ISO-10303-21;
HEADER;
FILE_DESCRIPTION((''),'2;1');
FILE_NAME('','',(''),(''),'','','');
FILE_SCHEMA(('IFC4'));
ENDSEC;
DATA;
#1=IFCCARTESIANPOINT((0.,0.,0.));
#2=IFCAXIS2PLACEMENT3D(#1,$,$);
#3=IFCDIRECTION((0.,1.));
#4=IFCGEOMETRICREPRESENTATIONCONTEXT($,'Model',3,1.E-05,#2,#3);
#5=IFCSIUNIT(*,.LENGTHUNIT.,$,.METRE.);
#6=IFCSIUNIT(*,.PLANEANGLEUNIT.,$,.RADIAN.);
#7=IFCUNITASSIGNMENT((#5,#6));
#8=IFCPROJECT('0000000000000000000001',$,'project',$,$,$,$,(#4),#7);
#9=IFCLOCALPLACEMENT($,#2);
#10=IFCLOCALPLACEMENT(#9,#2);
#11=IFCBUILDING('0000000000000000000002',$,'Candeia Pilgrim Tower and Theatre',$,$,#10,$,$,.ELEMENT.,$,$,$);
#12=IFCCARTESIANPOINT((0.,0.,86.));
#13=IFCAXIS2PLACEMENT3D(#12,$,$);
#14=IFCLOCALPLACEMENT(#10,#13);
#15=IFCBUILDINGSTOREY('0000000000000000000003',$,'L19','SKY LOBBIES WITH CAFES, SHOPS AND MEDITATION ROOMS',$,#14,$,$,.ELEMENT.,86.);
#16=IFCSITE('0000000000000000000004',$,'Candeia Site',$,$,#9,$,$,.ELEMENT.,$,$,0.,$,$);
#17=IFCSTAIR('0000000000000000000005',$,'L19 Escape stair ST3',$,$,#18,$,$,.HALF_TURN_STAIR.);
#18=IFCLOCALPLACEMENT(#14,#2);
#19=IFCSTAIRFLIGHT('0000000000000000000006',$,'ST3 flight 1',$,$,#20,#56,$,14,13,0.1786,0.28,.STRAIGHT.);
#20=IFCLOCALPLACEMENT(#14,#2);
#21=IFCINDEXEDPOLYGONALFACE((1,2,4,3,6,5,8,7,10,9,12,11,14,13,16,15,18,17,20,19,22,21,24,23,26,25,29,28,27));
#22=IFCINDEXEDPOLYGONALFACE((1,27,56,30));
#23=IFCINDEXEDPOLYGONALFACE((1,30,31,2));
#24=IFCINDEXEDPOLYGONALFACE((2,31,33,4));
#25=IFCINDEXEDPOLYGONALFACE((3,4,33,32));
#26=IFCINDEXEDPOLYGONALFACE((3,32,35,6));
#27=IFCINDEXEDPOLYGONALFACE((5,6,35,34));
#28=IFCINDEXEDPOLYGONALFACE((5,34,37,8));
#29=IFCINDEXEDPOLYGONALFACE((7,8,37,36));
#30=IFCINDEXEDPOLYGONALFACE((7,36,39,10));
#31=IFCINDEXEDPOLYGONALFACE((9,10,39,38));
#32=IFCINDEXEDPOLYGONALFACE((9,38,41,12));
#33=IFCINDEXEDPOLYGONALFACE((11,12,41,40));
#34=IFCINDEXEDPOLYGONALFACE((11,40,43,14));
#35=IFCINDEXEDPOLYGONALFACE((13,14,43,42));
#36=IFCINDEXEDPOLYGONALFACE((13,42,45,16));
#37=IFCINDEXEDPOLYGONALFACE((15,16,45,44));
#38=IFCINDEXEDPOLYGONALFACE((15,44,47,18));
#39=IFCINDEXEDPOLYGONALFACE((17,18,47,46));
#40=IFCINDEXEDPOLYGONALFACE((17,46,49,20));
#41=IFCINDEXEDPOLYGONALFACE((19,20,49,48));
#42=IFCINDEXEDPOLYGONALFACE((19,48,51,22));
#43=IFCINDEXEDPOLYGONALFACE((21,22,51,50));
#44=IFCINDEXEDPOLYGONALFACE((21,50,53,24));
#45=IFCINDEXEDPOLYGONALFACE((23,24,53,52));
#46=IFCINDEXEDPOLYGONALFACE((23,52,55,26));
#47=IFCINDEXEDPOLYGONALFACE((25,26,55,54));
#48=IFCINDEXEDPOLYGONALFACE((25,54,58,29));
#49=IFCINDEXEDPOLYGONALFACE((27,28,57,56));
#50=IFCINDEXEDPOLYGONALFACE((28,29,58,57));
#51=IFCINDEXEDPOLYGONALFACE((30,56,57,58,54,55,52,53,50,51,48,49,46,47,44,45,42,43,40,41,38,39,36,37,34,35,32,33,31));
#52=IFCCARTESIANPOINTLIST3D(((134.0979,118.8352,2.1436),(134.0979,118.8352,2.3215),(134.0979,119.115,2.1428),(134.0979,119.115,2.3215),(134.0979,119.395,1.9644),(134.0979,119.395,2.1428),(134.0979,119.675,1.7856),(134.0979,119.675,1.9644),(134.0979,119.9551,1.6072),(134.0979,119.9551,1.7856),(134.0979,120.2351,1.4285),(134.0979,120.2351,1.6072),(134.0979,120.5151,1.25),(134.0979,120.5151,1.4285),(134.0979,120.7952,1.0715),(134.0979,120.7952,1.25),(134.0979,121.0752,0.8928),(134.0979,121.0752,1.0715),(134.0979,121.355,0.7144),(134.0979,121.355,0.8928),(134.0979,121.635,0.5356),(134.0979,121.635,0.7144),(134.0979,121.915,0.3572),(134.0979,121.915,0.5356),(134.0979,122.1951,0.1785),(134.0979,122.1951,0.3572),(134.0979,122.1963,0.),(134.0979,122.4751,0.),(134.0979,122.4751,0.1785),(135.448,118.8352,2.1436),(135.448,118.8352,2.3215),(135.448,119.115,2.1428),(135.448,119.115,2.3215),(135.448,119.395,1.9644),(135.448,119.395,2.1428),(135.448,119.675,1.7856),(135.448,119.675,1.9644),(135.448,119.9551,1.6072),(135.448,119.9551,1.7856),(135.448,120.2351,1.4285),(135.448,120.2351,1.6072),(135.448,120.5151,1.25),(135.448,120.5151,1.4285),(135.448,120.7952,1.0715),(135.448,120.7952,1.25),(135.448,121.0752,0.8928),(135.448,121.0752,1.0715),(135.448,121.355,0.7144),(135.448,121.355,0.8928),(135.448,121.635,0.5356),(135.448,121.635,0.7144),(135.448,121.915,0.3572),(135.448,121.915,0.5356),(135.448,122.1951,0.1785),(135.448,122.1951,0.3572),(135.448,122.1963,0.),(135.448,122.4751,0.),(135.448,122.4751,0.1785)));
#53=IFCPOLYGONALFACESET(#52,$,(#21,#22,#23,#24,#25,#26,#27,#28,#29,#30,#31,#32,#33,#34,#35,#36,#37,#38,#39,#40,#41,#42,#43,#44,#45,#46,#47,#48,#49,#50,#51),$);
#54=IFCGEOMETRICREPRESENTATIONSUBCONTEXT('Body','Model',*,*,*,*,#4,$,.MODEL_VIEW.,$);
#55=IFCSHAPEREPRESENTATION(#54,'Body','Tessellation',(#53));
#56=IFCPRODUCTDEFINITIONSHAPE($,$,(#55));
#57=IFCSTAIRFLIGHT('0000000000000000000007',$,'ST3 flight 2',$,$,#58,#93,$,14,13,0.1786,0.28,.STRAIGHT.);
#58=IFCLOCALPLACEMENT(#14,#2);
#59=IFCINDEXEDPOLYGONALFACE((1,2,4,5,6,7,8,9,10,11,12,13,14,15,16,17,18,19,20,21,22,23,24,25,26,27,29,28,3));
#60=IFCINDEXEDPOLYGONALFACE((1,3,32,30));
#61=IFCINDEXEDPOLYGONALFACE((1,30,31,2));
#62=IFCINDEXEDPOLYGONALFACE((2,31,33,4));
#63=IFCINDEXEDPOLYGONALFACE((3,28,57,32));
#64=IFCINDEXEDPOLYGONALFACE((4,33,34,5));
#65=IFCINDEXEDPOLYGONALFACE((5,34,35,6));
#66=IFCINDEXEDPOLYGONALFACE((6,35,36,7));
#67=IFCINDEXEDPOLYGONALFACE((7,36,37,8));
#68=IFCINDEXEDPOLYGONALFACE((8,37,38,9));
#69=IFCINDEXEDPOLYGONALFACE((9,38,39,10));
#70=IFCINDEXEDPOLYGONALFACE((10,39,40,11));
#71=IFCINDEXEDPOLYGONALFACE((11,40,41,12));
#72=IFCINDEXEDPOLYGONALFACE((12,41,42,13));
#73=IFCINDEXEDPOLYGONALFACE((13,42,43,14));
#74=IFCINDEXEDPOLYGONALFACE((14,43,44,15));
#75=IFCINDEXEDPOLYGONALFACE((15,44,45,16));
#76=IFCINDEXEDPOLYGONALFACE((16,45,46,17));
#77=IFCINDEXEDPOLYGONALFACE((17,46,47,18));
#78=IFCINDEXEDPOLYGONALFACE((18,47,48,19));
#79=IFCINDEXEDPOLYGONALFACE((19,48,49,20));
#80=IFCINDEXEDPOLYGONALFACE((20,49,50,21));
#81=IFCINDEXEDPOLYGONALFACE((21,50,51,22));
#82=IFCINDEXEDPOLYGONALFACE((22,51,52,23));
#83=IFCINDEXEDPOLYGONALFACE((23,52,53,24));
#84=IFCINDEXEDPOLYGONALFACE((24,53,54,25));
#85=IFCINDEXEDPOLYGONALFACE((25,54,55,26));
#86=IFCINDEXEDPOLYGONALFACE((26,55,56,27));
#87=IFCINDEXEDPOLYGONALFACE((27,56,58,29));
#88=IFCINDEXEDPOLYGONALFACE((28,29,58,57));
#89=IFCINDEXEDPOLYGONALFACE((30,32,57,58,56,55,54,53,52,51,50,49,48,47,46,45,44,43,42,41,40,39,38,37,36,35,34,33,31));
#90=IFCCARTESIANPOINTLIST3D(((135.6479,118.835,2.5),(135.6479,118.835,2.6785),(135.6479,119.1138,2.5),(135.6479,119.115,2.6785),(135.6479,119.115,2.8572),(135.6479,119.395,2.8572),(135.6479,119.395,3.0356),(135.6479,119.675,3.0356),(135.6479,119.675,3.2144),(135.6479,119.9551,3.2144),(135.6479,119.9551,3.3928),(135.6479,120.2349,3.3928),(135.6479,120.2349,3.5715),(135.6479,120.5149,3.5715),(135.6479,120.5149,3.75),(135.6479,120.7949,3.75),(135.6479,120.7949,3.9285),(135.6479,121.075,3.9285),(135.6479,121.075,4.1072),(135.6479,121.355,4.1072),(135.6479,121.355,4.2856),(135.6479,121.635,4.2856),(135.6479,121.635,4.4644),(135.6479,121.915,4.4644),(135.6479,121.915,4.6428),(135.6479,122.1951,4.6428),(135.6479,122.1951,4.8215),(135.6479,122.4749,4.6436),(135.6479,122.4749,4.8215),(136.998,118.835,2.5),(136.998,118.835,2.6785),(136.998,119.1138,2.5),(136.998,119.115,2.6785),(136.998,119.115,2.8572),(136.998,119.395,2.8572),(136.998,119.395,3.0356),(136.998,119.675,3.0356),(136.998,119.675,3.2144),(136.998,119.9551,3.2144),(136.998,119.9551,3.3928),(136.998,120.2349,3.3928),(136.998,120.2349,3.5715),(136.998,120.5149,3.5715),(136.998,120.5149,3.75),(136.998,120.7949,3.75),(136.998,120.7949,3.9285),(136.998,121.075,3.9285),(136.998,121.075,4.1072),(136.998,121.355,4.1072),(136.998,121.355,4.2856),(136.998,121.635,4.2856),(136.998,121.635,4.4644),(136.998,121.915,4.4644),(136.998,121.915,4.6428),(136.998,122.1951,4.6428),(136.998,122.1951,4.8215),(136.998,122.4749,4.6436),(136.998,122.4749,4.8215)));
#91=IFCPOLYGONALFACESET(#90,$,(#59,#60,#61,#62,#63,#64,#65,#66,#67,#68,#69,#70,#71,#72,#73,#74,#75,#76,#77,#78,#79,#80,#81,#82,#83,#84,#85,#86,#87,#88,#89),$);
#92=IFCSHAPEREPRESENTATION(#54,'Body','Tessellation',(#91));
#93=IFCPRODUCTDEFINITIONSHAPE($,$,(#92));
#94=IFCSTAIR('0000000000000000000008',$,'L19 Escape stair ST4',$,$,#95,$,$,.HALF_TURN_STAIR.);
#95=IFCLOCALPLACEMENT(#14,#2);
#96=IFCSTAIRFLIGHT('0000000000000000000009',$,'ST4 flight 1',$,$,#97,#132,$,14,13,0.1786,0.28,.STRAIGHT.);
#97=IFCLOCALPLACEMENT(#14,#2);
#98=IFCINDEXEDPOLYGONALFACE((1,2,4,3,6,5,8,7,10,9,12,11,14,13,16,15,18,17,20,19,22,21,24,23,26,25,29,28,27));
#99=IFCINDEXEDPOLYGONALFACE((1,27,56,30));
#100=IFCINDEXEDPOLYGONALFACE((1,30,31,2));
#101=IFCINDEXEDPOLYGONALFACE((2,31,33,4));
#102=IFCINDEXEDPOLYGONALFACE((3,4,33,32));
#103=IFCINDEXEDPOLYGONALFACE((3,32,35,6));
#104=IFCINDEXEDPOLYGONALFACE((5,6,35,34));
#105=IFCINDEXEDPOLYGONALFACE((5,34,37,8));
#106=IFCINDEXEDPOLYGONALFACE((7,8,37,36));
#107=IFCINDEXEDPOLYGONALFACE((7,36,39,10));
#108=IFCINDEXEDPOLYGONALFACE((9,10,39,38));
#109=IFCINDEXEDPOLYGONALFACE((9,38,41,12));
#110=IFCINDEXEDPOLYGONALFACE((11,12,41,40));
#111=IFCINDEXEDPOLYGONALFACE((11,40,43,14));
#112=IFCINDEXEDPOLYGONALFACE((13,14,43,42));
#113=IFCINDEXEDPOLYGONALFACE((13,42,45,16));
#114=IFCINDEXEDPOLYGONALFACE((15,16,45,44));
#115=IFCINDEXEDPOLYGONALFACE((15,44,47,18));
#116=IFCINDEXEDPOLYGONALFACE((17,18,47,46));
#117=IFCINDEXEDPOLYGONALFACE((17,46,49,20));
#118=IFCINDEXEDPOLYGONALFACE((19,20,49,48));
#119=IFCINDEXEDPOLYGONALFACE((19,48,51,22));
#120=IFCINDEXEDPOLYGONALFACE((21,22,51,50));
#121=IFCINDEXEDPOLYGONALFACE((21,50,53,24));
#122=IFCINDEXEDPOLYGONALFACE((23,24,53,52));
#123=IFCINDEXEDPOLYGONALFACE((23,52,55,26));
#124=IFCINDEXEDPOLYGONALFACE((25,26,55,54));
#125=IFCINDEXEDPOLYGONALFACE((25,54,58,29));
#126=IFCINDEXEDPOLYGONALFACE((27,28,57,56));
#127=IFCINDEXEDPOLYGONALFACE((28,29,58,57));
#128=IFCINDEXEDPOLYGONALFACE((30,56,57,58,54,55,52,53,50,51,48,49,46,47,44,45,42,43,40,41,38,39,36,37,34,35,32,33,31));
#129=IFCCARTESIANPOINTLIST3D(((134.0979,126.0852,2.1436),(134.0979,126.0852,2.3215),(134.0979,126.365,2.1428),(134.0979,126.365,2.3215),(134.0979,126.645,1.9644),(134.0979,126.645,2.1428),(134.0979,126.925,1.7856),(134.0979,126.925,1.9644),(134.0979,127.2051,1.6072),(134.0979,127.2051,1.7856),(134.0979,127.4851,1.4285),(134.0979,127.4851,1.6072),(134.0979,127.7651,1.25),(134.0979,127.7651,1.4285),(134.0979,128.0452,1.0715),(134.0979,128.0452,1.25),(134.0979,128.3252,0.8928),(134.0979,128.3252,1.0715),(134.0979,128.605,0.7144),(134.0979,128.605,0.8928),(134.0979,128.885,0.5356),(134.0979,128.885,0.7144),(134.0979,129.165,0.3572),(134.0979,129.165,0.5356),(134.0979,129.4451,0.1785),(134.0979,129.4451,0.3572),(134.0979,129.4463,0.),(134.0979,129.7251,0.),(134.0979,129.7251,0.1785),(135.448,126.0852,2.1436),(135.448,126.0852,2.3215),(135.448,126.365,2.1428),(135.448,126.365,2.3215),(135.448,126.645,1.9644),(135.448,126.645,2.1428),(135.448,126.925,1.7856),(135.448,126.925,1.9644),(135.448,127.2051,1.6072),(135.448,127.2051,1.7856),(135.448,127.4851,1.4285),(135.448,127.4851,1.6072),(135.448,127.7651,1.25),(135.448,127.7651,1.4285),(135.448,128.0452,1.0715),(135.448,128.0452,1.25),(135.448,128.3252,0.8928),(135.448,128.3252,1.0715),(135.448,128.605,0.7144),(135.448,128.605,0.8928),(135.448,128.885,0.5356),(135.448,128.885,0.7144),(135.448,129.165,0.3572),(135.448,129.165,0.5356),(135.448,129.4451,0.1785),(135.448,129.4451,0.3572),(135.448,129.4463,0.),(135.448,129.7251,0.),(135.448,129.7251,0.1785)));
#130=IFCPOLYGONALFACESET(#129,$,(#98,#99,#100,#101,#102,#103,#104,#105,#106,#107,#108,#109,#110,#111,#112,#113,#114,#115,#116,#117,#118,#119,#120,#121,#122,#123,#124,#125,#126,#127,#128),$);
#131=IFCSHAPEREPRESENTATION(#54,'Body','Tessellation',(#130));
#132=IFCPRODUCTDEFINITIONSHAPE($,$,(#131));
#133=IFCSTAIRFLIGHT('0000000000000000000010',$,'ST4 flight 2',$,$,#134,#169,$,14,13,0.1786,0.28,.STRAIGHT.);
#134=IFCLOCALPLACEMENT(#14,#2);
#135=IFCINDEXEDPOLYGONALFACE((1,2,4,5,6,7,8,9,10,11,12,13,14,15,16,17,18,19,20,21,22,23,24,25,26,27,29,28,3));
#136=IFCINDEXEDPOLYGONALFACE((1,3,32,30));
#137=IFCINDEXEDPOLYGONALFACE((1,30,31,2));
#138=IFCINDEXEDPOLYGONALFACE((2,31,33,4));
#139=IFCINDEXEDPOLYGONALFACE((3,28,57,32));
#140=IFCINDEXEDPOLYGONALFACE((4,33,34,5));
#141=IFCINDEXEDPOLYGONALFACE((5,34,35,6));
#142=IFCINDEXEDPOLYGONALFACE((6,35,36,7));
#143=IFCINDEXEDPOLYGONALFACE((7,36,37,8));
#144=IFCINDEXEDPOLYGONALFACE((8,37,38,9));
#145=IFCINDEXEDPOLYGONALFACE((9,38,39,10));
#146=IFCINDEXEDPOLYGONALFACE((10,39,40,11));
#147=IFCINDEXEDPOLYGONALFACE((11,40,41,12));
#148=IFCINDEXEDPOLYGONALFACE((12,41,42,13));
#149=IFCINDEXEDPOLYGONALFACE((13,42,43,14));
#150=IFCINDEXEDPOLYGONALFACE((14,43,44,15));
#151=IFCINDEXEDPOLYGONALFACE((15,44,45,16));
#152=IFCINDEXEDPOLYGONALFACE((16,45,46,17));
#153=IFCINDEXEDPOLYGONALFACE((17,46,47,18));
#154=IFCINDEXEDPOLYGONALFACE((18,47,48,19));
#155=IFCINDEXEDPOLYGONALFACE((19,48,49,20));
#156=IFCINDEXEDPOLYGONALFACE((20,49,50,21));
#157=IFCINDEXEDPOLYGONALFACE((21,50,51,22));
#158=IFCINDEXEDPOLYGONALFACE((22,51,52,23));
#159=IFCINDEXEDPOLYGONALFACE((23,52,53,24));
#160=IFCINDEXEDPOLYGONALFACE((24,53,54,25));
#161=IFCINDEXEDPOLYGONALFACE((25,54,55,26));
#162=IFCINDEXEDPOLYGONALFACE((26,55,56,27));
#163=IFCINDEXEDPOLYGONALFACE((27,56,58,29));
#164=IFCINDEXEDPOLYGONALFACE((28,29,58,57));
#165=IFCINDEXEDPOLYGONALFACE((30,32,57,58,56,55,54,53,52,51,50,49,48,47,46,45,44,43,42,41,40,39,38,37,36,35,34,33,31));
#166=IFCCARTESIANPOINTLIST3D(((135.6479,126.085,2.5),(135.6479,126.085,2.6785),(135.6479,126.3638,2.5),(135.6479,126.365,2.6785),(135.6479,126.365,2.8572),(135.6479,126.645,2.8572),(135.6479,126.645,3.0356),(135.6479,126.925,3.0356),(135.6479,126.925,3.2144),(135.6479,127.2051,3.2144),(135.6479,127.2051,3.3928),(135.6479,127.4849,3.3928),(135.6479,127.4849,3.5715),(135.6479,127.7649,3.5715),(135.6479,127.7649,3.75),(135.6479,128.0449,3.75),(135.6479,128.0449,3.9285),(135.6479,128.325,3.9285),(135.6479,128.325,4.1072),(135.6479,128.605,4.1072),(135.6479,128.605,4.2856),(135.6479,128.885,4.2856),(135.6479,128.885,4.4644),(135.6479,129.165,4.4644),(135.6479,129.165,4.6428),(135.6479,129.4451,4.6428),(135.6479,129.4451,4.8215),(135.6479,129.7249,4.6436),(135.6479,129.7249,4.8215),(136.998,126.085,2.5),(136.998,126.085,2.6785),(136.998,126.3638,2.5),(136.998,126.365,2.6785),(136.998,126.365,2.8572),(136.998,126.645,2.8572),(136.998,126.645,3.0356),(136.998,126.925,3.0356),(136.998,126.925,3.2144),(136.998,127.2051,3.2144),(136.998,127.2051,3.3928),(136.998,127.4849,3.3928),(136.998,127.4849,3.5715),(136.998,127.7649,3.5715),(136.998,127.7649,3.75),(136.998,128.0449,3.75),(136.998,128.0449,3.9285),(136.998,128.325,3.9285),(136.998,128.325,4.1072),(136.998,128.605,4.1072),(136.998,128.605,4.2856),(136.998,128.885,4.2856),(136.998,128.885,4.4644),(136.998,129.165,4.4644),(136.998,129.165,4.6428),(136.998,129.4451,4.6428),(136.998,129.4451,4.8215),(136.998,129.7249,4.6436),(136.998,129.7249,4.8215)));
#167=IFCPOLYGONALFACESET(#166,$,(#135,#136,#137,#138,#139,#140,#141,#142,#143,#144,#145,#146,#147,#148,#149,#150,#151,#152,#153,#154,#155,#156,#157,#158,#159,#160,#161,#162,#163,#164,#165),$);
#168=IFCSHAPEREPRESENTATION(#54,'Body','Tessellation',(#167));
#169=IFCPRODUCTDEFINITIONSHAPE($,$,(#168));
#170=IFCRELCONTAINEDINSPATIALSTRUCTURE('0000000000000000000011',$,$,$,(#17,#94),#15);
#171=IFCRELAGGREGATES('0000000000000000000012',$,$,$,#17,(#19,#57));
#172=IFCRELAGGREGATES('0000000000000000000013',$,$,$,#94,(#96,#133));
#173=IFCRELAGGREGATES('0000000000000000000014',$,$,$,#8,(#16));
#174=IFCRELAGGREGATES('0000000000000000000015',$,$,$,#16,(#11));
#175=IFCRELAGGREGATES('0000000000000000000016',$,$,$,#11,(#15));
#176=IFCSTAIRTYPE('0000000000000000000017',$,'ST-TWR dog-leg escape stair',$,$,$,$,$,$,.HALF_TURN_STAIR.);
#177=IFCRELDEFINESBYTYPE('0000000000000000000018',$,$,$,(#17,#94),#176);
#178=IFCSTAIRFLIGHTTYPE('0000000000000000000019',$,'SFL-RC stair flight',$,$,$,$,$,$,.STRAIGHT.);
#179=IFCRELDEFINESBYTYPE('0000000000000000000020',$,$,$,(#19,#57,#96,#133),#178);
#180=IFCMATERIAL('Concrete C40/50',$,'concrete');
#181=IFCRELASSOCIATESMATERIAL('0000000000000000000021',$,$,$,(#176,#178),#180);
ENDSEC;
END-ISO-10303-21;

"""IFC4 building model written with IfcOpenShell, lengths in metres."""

from ifc_helpers import new_model, si_unit, direction, frame, origin, place, context, subcontext, project, spatial, polyline, outline, extrude, material, type_object, element, aggregate, save


model = new_model("IFC4")

# Units and contexts
model_context = context("Model", 3, precision=1e-05, world=origin(), true_north=direction((0.0, 1.0)))
body_context = subcontext(model_context, "Body", "Model", "MODEL_VIEW")
ifc_project = project(units=[si_unit("LENGTHUNIT", "METRE"), si_unit("PLANEANGLEUNIT", "RADIAN")], contexts=[model_context])

# Site, building, storey
site_placement = place(None, origin())
site = spatial("IfcSite", under=ifc_project, at=site_placement, Name="Candeia Site", CompositionType="ELEMENT", RefElevation=0.0)
building_placement = place(site_placement, origin())
building = spatial("IfcBuilding", under=site, at=building_placement, Name="Candeia Pilgrim Tower and Theatre", CompositionType="ELEMENT")
storey_placement = place(building_placement, frame((0.0, 0.0, 86.0)))
storey = spatial("IfcBuildingStorey", under=building, at=storey_placement, Name="L19", Description="SKY LOBBIES WITH CAFES, SHOPS AND MEDITATION ROOMS", CompositionType="ELEMENT", Elevation=86.0)

# Shared definitions
ifc_material_1 = material(Name="Concrete C40/50", Category="concrete")

# Stairs, stair flights
stair_type = type_object("IfcStairType", Name="ST-TWR dog-leg escape stair", PredefinedType="HALF_TURN_STAIR", material=ifc_material_1)
stair_1_placement = place(storey_placement, origin())
stair_1 = element("IfcStair", 1, at=stair_1_placement, inside=storey, type_object=stair_type, Name="L19 Escape stair ST3", PredefinedType="HALF_TURN_STAIR")
stair_flight_type = type_object("IfcStairFlightType", Name="SFL-RC stair flight", PredefinedType="STRAIGHT", material=ifc_material_1)
stair_flight_1_placement = place(storey_placement, frame((134.7729, 122.4751, 0.0), z_axis=(0.0, 0.0, 1.0), x_axis=(0.0, -1.0, 0.0)))
stair_flight_1 = element("IfcStairFlight", 2, at=stair_flight_1_placement, type_object=stair_flight_type, Name="ST3 flight 1", NumberOfRisers=14, NumberOfTreads=13, PredefinedType="STRAIGHT", RiserHeight=0.1786, TreadLength=0.28, context=body_context, shape_type="SweptSolid", body=[
    extrude(outline(polyline([(0.0, 0.0), (0.0, 0.1785), (0.28, 0.1785), (0.28, 0.3572), (0.5601, 0.3572), (0.5601, 0.5356), (0.8401, 0.5356), (0.8401, 0.7144), (1.1201, 0.7144), (1.1201, 0.8928), (1.3999, 0.8928), (1.3999, 1.0715), (1.6799, 1.0715), (1.6799, 1.25), (1.96, 1.25), (1.96, 1.4285), (2.24, 1.4285), (2.24, 1.6072), (2.52, 1.6072), (2.52, 1.7856), (2.8, 1.7856), (2.8, 1.9644), (3.0801, 1.9644), (3.0801, 2.1428), (3.3601, 2.1428), (3.3601, 2.3215), (3.6399, 2.3215), (3.6399, 2.5), (3.6399, 2.1436), (0.2788, 0.0), (0.0, 0.0)])), frame((0.0, 0.675, 0.0), z_axis=(0.0, -1.0, 0.0), x_axis=(1.0, 0.0, 0.0)), (0.0, 0.0, 1.0), 1.3501),
])
stair_flight_2_placement = place(storey_placement, frame((136.323, 118.835, 2.5), z_axis=(0.0, 0.0, 1.0), x_axis=(0.0, 1.0, 0.0)))
stair_flight_2 = element("IfcStairFlight", 3, at=stair_flight_2_placement, type_object=stair_flight_type, Name="ST3 flight 2", NumberOfRisers=14, NumberOfTreads=13, PredefinedType="STRAIGHT", RiserHeight=0.1786, TreadLength=0.28, context=body_context, shape_type="SweptSolid", body=[
    extrude(outline(polyline([(0.0, 0.0), (0.0, 0.1785), (0.28, 0.1785), (0.28, 0.3572), (0.5601, 0.3572), (0.5601, 0.5356), (0.8401, 0.5356), (0.8401, 0.7144), (1.1201, 0.7144), (1.1201, 0.8928), (1.3999, 0.8928), (1.3999, 1.0715), (1.6799, 1.0715), (1.6799, 1.25), (1.96, 1.25), (1.96, 1.4285), (2.24, 1.4285), (2.24, 1.6072), (2.52, 1.6072), (2.52, 1.7856), (2.8, 1.7856), (2.8, 1.9644), (3.0801, 1.9644), (3.0801, 2.1428), (3.3601, 2.1428), (3.3601, 2.3215), (3.6399, 2.3215), (3.6399, 2.5), (3.6399, 2.1436), (0.2788, 0.0), (0.0, 0.0)])), frame((0.0, 0.675, 0.0), z_axis=(0.0, -1.0, 0.0), x_axis=(1.0, 0.0, 0.0)), (0.0, 0.0, 1.0), 1.3501),
])
aggregate(stair_1, [stair_flight_1, stair_flight_2])
stair_2_placement = place(storey_placement, origin())
stair_2 = element("IfcStair", 4, at=stair_2_placement, inside=storey, type_object=stair_type, Name="L19 Escape stair ST4", PredefinedType="HALF_TURN_STAIR")
stair_flight_3_placement = place(storey_placement, frame((134.7729, 129.7251, 0.0), z_axis=(0.0, 0.0, 1.0), x_axis=(0.0, -1.0, 0.0)))
stair_flight_3 = element("IfcStairFlight", 5, at=stair_flight_3_placement, type_object=stair_flight_type, Name="ST4 flight 1", NumberOfRisers=14, NumberOfTreads=13, PredefinedType="STRAIGHT", RiserHeight=0.1786, TreadLength=0.28, context=body_context, shape_type="SweptSolid", body=[
    extrude(outline(polyline([(0.0, 0.0), (0.0, 0.1785), (0.28, 0.1785), (0.28, 0.3572), (0.5601, 0.3572), (0.5601, 0.5356), (0.8401, 0.5356), (0.8401, 0.7144), (1.1201, 0.7144), (1.1201, 0.8928), (1.3999, 0.8928), (1.3999, 1.0715), (1.6799, 1.0715), (1.6799, 1.25), (1.96, 1.25), (1.96, 1.4285), (2.24, 1.4285), (2.24, 1.6072), (2.52, 1.6072), (2.52, 1.7856), (2.8, 1.7856), (2.8, 1.9644), (3.0801, 1.9644), (3.0801, 2.1428), (3.3601, 2.1428), (3.3601, 2.3215), (3.6399, 2.3215), (3.6399, 2.5), (3.6399, 2.1436), (0.2788, 0.0), (0.0, 0.0)])), frame((0.0, 0.675, 0.0), z_axis=(0.0, -1.0, 0.0), x_axis=(1.0, 0.0, 0.0)), (0.0, 0.0, 1.0), 1.3501),
])
stair_flight_4_placement = place(storey_placement, frame((136.323, 126.085, 2.5), z_axis=(0.0, 0.0, 1.0), x_axis=(0.0, 1.0, 0.0)))
stair_flight_4 = element("IfcStairFlight", 6, at=stair_flight_4_placement, type_object=stair_flight_type, Name="ST4 flight 2", NumberOfRisers=14, NumberOfTreads=13, PredefinedType="STRAIGHT", RiserHeight=0.1786, TreadLength=0.28, context=body_context, shape_type="SweptSolid", body=[
    extrude(outline(polyline([(0.0, 0.0), (0.0, 0.1785), (0.28, 0.1785), (0.28, 0.3572), (0.5601, 0.3572), (0.5601, 0.5356), (0.8401, 0.5356), (0.8401, 0.7144), (1.1201, 0.7144), (1.1201, 0.8928), (1.3999, 0.8928), (1.3999, 1.0715), (1.6799, 1.0715), (1.6799, 1.25), (1.96, 1.25), (1.96, 1.4285), (2.24, 1.4285), (2.24, 1.6072), (2.52, 1.6072), (2.52, 1.7856), (2.8, 1.7856), (2.8, 1.9644), (3.0801, 1.9644), (3.0801, 2.1428), (3.3601, 2.1428), (3.3601, 2.3215), (3.6399, 2.3215), (3.6399, 2.5), (3.6399, 2.1436), (0.2788, 0.0), (0.0, 0.0)])), frame((0.0, 0.675, 0.0), z_axis=(0.0, -1.0, 0.0), x_axis=(1.0, 0.0, 0.0)), (0.0, 0.0, 1.0), 1.3501),
])
aggregate(stair_2, [stair_flight_3, stair_flight_4])

save(model, "model.ifc")
